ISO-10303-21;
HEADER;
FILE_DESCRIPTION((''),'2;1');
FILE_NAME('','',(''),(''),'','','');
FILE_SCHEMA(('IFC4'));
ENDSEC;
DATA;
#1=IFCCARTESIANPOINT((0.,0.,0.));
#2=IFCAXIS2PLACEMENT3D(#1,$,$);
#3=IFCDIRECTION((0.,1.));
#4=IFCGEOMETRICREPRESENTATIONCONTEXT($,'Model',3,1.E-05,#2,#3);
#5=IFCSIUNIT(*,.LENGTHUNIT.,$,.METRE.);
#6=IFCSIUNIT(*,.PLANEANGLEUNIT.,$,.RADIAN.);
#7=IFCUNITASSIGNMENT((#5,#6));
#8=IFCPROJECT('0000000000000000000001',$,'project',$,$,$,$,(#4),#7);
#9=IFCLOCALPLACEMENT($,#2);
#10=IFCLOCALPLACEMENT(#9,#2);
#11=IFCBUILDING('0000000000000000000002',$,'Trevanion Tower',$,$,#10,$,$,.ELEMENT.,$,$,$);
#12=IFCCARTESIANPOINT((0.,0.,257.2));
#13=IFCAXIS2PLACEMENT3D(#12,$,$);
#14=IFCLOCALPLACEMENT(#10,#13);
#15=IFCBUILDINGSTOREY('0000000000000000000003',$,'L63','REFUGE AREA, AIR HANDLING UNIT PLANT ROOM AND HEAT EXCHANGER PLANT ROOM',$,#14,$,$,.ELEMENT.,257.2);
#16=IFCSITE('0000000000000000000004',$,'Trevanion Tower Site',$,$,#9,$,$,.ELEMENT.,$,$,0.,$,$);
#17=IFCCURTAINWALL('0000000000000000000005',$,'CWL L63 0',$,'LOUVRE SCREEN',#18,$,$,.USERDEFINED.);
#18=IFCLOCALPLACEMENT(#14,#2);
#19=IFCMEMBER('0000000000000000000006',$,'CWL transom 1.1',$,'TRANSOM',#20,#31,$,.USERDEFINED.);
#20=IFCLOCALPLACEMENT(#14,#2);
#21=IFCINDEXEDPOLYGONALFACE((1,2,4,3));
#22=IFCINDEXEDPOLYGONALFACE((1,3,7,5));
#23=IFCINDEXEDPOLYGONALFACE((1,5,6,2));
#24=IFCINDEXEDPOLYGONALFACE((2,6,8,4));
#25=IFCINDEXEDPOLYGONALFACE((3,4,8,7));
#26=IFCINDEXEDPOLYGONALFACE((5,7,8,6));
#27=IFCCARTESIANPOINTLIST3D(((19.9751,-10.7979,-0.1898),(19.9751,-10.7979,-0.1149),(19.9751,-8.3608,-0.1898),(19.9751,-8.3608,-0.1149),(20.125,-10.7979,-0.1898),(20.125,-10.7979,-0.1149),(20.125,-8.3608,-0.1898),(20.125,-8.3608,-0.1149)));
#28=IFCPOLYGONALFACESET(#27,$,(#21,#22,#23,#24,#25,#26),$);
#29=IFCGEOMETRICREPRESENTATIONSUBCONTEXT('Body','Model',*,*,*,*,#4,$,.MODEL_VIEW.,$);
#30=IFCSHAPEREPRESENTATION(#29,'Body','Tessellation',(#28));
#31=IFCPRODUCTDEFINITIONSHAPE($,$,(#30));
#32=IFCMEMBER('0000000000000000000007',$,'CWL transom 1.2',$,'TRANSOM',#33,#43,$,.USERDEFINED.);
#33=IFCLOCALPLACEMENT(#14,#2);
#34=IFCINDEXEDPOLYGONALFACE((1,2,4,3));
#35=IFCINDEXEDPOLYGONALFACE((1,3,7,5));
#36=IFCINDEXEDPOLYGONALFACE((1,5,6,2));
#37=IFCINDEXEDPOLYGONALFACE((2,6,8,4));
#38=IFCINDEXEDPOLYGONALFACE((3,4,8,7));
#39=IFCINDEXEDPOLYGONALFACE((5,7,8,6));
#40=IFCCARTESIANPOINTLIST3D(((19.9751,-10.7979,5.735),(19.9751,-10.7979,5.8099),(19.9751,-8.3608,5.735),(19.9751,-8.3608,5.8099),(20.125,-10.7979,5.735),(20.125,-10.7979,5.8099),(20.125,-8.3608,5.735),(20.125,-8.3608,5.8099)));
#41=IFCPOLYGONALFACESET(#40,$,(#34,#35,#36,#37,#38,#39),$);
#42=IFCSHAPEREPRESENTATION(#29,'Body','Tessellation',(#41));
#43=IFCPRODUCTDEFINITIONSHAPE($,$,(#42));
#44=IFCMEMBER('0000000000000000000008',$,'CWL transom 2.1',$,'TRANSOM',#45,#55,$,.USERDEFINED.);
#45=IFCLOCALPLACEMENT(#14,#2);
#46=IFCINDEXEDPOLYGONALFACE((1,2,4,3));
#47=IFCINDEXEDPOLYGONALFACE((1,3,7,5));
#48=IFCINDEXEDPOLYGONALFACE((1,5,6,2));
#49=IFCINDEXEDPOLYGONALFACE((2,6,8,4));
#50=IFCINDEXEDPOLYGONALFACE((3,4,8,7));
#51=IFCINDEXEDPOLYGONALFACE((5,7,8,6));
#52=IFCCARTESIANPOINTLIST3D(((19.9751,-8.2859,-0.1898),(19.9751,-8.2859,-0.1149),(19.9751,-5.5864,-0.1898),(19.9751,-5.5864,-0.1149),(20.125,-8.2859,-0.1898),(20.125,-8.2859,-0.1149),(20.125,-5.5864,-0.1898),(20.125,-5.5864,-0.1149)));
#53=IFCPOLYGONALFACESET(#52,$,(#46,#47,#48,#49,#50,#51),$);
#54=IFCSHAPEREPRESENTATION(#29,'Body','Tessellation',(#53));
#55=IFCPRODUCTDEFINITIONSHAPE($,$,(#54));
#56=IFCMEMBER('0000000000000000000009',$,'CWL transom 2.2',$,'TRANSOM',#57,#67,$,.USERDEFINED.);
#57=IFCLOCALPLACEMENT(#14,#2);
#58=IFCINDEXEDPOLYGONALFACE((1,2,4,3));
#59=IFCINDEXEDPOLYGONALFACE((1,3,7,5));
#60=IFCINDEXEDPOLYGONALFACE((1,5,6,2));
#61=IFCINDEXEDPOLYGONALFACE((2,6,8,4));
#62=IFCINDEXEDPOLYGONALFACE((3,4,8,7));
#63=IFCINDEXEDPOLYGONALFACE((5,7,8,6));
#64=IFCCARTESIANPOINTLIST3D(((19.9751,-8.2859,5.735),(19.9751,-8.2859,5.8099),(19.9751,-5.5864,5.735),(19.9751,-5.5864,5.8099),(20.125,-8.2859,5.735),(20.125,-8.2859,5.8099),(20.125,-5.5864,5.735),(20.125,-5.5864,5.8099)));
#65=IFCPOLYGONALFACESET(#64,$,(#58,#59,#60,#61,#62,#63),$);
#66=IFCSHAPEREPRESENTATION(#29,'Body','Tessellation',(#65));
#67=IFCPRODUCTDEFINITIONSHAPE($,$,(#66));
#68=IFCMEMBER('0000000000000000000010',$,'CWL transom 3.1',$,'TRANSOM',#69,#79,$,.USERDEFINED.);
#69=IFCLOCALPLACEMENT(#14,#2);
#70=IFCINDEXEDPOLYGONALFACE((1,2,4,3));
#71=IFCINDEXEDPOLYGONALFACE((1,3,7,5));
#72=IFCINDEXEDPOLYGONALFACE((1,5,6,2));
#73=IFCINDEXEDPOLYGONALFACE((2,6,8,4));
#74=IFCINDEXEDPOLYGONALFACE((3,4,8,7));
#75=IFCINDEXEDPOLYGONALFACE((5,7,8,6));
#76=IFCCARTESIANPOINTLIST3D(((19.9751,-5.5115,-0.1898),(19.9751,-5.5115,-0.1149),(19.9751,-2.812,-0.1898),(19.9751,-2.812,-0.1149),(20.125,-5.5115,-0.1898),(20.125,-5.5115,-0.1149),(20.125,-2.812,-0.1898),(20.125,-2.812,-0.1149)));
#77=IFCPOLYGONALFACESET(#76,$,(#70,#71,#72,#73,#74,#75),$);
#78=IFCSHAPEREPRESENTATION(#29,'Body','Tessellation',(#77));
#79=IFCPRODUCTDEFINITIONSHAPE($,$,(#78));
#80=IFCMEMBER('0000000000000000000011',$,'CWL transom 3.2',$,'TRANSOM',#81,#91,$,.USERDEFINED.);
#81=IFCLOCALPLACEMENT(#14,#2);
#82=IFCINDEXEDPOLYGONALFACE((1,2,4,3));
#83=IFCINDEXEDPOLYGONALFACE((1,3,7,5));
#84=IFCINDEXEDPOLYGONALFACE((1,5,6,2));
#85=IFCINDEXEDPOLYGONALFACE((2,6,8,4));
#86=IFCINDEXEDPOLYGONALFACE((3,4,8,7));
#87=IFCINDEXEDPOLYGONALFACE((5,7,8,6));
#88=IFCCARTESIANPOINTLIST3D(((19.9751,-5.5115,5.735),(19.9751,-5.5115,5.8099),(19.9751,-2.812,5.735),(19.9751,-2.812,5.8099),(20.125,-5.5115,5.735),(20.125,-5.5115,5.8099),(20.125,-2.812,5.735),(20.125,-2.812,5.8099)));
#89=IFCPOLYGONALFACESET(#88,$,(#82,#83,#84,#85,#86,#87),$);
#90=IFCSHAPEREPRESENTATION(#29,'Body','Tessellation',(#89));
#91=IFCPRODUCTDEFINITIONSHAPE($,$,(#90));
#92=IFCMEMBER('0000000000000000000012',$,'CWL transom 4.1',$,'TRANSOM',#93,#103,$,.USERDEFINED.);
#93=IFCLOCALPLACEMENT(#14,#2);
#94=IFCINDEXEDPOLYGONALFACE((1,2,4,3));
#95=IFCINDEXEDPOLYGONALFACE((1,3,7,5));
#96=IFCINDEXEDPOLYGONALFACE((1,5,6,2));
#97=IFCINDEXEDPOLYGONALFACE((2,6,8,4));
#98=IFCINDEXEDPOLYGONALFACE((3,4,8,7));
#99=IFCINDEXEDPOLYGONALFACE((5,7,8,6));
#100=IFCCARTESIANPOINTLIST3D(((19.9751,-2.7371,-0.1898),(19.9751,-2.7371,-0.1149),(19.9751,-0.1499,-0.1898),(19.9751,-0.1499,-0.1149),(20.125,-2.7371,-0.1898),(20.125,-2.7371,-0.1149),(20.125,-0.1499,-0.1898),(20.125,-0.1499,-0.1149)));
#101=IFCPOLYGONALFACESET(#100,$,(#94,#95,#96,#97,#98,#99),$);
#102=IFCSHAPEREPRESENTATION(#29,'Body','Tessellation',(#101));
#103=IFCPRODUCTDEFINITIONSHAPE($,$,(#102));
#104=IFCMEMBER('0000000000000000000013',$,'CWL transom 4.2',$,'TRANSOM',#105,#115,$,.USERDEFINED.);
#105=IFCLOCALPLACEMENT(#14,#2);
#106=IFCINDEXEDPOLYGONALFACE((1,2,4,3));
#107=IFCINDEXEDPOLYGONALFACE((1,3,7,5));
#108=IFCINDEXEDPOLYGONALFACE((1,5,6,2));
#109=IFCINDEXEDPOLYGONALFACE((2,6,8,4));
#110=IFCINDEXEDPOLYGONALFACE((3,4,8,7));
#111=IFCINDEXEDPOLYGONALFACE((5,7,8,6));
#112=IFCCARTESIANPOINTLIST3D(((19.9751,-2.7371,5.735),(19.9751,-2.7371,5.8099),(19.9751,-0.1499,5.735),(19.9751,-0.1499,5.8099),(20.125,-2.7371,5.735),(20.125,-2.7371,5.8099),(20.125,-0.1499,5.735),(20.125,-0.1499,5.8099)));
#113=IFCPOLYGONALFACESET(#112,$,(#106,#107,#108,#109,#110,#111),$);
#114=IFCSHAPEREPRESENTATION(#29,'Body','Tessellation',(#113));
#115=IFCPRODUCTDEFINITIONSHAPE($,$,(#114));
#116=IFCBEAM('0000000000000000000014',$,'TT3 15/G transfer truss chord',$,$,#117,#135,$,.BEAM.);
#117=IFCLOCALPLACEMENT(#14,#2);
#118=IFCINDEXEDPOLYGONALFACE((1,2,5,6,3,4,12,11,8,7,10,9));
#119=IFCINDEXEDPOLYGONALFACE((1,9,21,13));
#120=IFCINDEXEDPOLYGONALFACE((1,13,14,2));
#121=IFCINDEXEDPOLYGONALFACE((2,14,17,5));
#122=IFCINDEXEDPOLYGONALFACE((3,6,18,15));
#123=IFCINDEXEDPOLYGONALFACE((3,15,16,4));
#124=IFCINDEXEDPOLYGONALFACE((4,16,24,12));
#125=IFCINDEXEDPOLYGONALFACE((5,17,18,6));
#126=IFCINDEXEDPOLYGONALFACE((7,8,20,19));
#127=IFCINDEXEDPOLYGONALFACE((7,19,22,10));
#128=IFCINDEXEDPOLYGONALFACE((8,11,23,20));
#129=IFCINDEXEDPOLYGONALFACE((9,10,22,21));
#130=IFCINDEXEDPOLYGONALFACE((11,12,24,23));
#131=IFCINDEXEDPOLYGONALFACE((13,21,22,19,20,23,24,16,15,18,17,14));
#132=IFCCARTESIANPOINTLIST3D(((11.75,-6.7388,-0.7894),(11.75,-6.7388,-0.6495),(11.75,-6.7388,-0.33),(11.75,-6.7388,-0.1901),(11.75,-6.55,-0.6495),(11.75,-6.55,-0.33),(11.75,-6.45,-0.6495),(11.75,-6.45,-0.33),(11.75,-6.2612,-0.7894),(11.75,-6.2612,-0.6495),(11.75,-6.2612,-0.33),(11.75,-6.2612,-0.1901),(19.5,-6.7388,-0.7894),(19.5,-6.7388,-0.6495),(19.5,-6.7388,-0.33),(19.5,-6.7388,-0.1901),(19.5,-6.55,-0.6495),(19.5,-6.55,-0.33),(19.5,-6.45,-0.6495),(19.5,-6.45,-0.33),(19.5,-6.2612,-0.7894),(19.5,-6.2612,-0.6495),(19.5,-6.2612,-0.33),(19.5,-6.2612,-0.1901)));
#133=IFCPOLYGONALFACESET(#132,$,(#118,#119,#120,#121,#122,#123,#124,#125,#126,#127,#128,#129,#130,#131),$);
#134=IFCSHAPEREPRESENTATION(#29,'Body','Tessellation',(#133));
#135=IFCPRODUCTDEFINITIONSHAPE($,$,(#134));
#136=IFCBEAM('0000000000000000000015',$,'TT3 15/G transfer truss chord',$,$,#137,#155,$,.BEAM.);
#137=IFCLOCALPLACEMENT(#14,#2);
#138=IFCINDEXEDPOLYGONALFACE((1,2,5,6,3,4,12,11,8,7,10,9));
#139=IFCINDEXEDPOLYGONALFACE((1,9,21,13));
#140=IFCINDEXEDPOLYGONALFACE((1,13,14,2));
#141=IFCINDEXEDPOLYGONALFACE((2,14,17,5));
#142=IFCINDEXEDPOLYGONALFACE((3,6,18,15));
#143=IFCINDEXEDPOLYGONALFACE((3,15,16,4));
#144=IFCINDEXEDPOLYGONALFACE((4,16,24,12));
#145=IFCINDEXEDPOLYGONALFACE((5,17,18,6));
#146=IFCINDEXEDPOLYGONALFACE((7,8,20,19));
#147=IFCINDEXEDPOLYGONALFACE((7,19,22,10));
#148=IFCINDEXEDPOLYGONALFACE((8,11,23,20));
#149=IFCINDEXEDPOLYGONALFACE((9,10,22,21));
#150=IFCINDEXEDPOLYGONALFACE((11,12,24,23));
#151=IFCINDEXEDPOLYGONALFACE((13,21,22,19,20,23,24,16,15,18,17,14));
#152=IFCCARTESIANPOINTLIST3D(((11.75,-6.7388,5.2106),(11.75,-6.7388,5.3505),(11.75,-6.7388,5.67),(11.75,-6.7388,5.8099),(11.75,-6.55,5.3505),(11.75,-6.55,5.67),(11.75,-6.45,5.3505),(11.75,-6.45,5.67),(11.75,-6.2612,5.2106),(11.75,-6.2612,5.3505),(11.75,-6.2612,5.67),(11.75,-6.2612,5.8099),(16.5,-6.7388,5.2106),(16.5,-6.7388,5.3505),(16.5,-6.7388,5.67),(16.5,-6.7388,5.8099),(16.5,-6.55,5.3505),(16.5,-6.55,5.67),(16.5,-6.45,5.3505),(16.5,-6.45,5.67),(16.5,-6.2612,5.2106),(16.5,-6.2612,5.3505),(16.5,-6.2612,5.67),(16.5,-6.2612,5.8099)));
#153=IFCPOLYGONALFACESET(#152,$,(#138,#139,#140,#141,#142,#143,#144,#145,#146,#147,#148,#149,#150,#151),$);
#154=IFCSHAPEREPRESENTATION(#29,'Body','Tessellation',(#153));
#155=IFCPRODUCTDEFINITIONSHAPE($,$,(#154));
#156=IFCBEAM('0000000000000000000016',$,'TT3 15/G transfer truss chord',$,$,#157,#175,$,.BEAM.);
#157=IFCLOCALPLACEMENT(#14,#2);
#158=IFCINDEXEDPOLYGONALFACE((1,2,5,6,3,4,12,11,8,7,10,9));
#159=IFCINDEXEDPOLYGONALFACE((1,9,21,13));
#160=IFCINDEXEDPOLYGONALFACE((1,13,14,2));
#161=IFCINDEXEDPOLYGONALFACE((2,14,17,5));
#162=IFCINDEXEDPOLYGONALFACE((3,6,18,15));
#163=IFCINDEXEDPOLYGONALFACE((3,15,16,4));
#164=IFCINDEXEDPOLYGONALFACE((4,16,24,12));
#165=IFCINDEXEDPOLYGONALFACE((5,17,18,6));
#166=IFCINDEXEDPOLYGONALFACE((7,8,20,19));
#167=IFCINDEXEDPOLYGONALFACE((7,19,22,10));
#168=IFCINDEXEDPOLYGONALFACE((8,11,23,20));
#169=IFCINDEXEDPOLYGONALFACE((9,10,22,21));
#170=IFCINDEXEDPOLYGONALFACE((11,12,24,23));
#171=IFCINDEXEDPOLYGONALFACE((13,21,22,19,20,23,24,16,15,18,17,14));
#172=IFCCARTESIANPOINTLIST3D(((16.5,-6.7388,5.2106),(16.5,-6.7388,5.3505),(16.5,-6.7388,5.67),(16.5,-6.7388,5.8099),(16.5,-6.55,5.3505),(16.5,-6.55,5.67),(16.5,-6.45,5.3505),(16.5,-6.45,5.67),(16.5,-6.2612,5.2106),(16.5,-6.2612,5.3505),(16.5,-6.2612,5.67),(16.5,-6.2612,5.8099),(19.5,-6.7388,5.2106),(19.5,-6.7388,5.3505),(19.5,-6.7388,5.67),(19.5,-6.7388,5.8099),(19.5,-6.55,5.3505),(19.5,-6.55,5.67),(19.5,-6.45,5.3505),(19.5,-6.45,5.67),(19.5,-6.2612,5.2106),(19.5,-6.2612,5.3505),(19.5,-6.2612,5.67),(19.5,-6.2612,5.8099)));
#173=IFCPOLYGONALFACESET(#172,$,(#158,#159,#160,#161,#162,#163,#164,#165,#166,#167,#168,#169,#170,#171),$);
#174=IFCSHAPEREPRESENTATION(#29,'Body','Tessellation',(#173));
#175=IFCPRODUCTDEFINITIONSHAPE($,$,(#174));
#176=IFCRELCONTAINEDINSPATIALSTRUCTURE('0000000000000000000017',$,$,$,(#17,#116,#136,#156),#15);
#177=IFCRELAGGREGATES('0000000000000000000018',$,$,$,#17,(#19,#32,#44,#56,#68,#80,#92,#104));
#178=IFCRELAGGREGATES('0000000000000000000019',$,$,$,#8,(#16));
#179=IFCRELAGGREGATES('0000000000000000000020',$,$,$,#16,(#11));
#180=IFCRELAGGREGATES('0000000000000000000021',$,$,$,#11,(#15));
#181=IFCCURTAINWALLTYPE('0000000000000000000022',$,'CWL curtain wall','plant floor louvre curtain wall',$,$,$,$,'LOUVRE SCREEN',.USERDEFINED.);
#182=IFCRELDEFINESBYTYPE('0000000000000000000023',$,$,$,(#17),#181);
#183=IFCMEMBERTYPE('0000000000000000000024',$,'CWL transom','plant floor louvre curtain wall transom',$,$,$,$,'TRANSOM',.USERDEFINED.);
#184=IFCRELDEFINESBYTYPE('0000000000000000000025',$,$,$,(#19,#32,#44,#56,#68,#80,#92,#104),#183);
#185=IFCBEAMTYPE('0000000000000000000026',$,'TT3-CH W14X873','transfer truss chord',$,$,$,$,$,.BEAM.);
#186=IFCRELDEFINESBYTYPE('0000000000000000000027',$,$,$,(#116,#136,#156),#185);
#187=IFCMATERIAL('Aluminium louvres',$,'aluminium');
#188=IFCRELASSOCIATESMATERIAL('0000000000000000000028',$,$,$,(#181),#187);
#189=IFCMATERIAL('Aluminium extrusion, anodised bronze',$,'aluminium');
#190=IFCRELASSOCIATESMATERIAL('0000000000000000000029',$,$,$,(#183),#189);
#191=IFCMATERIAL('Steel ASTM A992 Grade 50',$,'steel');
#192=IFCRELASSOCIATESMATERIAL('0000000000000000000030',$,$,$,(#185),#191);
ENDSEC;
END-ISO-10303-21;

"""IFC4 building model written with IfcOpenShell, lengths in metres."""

from ifc_helpers import new_model, si_unit, direction, frame, origin, origin_2d, place, context, subcontext, project, spatial, rectangle, i_section, extrude, material, material_profile, profile_set, type_object, element, aggregate, save


model = new_model("IFC4")

# Units and contexts
model_context = context("Model", 3, precision=1e-05, world=origin(), true_north=direction((0.0, 1.0)))
body_context = subcontext(model_context, "Body", "Model", "MODEL_VIEW")
ifc_project = project(units=[si_unit("LENGTHUNIT", "METRE"), si_unit("PLANEANGLEUNIT", "RADIAN")], contexts=[model_context])

# Site, building, storey
site_placement = place(None, origin())
site = spatial("IfcSite", under=ifc_project, at=site_placement, Name="Trevanion Tower Site", CompositionType="ELEMENT", RefElevation=0.0)
building_placement = place(site_placement, origin())
building = spatial("IfcBuilding", under=site, at=building_placement, Name="Trevanion Tower", CompositionType="ELEMENT")
storey_placement = place(building_placement, frame((0.0, 0.0, 257.2)))
storey = spatial("IfcBuildingStorey", under=building, at=storey_placement, Name="L63", Description="REFUGE AREA, AIR HANDLING UNIT PLANT ROOM AND HEAT EXCHANGER PLANT ROOM", CompositionType="ELEMENT", Elevation=257.2)

# Curtain wall, members
ifc_material_1 = material(Name="Aluminium louvres", Category="aluminium")
curtain_wall_type = type_object("IfcCurtainWallType", Name="CWL curtain wall", Description="plant floor louvre curtain wall", ElementType="LOUVRE SCREEN", PredefinedType="USERDEFINED", material=ifc_material_1)
curtain_wall_placement = place(storey_placement, origin())
curtain_wall = element("IfcCurtainWall", 1, at=curtain_wall_placement, inside=storey, type_object=curtain_wall_type, Name="CWL L63 0", ObjectType="LOUVRE SCREEN", PredefinedType="USERDEFINED")
ifc_material_2 = material(Name="Aluminium extrusion, anodised bronze", Category="aluminium")
ifc_material_profile_1 = material_profile(ifc_material_2, rectangle(XDim=0.1499, YDim=0.075, at=origin_2d()), Name="CWL transom")
ifc_profile_set_1 = profile_set([ifc_material_profile_1], Name="Aluminium extrusion, anodised bronze")
member_type_1 = type_object("IfcMemberType", Name="CWL transom", Description="plant floor louvre curtain wall transom", ElementType="TRANSOM", PredefinedType="USERDEFINED", material=ifc_profile_set_1)
member_1_placement = place(storey_placement, frame((20.05, -10.7979, -0.1523), z_axis=(0.0, 1.0, 0.0), x_axis=(-1.0, 0.0, 0.0)))
member_1 = element("IfcMember", 2, at=member_1_placement, type_object=member_type_1, Name="CWL transom 1.1", ObjectType="TRANSOM", PredefinedType="USERDEFINED", context=body_context, shape_type="SweptSolid", body=[
    extrude(rectangle(XDim=0.1499, YDim=0.075, at=origin_2d()), origin(), (0.0, 0.0, 1.0), 2.437),
])
member_2_placement = place(storey_placement, frame((20.05, -10.7979, 5.7725), z_axis=(0.0, 1.0, 0.0), x_axis=(-1.0, 0.0, 0.0)))
member_2 = element("IfcMember", 3, at=member_2_placement, type_object=member_type_1, Name="CWL transom 1.2", ObjectType="TRANSOM", PredefinedType="USERDEFINED", context=body_context, shape_type="SweptSolid", body=[
    extrude(rectangle(XDim=0.1499, YDim=0.075, at=origin_2d()), origin(), (0.0, 0.0, 1.0), 2.437),
])
member_3_placement = place(storey_placement, frame((20.05, -8.2859, -0.1523), z_axis=(0.0, 1.0, 0.0), x_axis=(-1.0, 0.0, 0.0)))
member_3 = element("IfcMember", 4, at=member_3_placement, type_object=member_type_1, Name="CWL transom 2.1", ObjectType="TRANSOM", PredefinedType="USERDEFINED", context=body_context, shape_type="SweptSolid", body=[
    extrude(rectangle(XDim=0.1499, YDim=0.075, at=origin_2d()), origin(), (0.0, 0.0, 1.0), 2.6995),
])
member_4_placement = place(storey_placement, frame((20.05, -8.2859, 5.7725), z_axis=(0.0, 1.0, 0.0), x_axis=(-1.0, 0.0, 0.0)))
member_4 = element("IfcMember", 5, at=member_4_placement, type_object=member_type_1, Name="CWL transom 2.2", ObjectType="TRANSOM", PredefinedType="USERDEFINED", context=body_context, shape_type="SweptSolid", body=[
    extrude(rectangle(XDim=0.1499, YDim=0.075, at=origin_2d()), origin(), (0.0, 0.0, 1.0), 2.6995),
])
member_5_placement = place(storey_placement, frame((20.05, -5.5115, -0.1523), z_axis=(0.0, 1.0, 0.0), x_axis=(-1.0, 0.0, 0.0)))
member_5 = element("IfcMember", 6, at=member_5_placement, type_object=member_type_1, Name="CWL transom 3.1", ObjectType="TRANSOM", PredefinedType="USERDEFINED", context=body_context, shape_type="SweptSolid", body=[
    extrude(rectangle(XDim=0.1499, YDim=0.075, at=origin_2d()), origin(), (0.0, 0.0, 1.0), 2.6995),
])
member_6_placement = place(storey_placement, frame((20.05, -5.5115, 5.7725), z_axis=(0.0, 1.0, 0.0), x_axis=(-1.0, 0.0, 0.0)))
member_6 = element("IfcMember", 7, at=member_6_placement, type_object=member_type_1, Name="CWL transom 3.2", ObjectType="TRANSOM", PredefinedType="USERDEFINED", context=body_context, shape_type="SweptSolid", body=[
    extrude(rectangle(XDim=0.1499, YDim=0.075, at=origin_2d()), origin(), (0.0, 0.0, 1.0), 2.6995),
])
member_7_placement = place(storey_placement, frame((20.05, -2.7371, -0.1523), z_axis=(0.0, 1.0, 0.0), x_axis=(-1.0, 0.0, 0.0)))
member_7 = element("IfcMember", 8, at=member_7_placement, type_object=member_type_1, Name="CWL transom 4.1", ObjectType="TRANSOM", PredefinedType="USERDEFINED", context=body_context, shape_type="SweptSolid", body=[
    extrude(rectangle(XDim=0.1499, YDim=0.075, at=origin_2d()), origin(), (0.0, 0.0, 1.0), 2.5872),
])
member_8_placement = place(storey_placement, frame((20.05, -2.7371, 5.7725), z_axis=(0.0, 1.0, 0.0), x_axis=(-1.0, 0.0, 0.0)))
member_8 = element("IfcMember", 9, at=member_8_placement, type_object=member_type_1, Name="CWL transom 4.2", ObjectType="TRANSOM", PredefinedType="USERDEFINED", context=body_context, shape_type="SweptSolid", body=[
    extrude(rectangle(XDim=0.1499, YDim=0.075, at=origin_2d()), origin(), (0.0, 0.0, 1.0), 2.5872),
])

# Beams
ifc_material_3 = material(Name="Steel ASTM A992 Grade 50", Category="steel")
ifc_material_profile_2 = material_profile(ifc_material_3, i_section(OverallWidth=0.4775, OverallDepth=0.5994, WebThickness=0.1001, FlangeThickness=0.1399, at=origin_2d()), Name="W14X873")
ifc_profile_set_2 = profile_set([ifc_material_profile_2], Name="Steel ASTM A992 Grade 50")
beam_type_1 = type_object("IfcBeamType", Name="TT3-CH W14X873", Description="transfer truss chord", PredefinedType="BEAM", material=ifc_profile_set_2)
beam_1_placement = place(storey_placement, frame((11.75, -6.5, -0.4897), z_axis=(1.0, 0.0, 0.0), x_axis=(0.0, 1.0, 0.0)))
element("IfcBeam", 10, at=beam_1_placement, inside=storey, type_object=beam_type_1, Name="TT3 15/G transfer truss chord", PredefinedType="BEAM", context=body_context, shape_type="SweptSolid", body=[
    extrude(i_section(OverallWidth=0.4775, OverallDepth=0.5994, WebThickness=0.1001, FlangeThickness=0.1399, at=origin_2d()), origin(), (0.0, 0.0, 1.0), 7.75),
])
beam_2_placement = place(storey_placement, frame((11.75, -6.5, 5.5103), z_axis=(1.0, 0.0, 0.0), x_axis=(0.0, 1.0, 0.0)))
element("IfcBeam", 11, at=beam_2_placement, inside=storey, type_object=beam_type_1, Name="TT3 15/G transfer truss chord", PredefinedType="BEAM", context=body_context, shape_type="SweptSolid", body=[
    extrude(i_section(OverallWidth=0.4775, OverallDepth=0.5994, WebThickness=0.1001, FlangeThickness=0.1399, at=origin_2d()), origin(), (0.0, 0.0, 1.0), 4.75),
])
beam_3_placement = place(storey_placement, frame((16.5, -6.5, 5.5103), z_axis=(1.0, 0.0, 0.0), x_axis=(0.0, 1.0, 0.0)))
element("IfcBeam", 12, at=beam_3_placement, inside=storey, type_object=beam_type_1, Name="TT3 15/G transfer truss chord", PredefinedType="BEAM", context=body_context, shape_type="SweptSolid", body=[
    extrude(i_section(OverallWidth=0.4775, OverallDepth=0.5994, WebThickness=0.1001, FlangeThickness=0.1399, at=origin_2d()), origin(), (0.0, 0.0, 1.0), 3.0),
])

aggregate(curtain_wall, [member_1, member_2, member_3, member_4, member_5, member_6, member_7, member_8])

save(model, "model.ifc")
